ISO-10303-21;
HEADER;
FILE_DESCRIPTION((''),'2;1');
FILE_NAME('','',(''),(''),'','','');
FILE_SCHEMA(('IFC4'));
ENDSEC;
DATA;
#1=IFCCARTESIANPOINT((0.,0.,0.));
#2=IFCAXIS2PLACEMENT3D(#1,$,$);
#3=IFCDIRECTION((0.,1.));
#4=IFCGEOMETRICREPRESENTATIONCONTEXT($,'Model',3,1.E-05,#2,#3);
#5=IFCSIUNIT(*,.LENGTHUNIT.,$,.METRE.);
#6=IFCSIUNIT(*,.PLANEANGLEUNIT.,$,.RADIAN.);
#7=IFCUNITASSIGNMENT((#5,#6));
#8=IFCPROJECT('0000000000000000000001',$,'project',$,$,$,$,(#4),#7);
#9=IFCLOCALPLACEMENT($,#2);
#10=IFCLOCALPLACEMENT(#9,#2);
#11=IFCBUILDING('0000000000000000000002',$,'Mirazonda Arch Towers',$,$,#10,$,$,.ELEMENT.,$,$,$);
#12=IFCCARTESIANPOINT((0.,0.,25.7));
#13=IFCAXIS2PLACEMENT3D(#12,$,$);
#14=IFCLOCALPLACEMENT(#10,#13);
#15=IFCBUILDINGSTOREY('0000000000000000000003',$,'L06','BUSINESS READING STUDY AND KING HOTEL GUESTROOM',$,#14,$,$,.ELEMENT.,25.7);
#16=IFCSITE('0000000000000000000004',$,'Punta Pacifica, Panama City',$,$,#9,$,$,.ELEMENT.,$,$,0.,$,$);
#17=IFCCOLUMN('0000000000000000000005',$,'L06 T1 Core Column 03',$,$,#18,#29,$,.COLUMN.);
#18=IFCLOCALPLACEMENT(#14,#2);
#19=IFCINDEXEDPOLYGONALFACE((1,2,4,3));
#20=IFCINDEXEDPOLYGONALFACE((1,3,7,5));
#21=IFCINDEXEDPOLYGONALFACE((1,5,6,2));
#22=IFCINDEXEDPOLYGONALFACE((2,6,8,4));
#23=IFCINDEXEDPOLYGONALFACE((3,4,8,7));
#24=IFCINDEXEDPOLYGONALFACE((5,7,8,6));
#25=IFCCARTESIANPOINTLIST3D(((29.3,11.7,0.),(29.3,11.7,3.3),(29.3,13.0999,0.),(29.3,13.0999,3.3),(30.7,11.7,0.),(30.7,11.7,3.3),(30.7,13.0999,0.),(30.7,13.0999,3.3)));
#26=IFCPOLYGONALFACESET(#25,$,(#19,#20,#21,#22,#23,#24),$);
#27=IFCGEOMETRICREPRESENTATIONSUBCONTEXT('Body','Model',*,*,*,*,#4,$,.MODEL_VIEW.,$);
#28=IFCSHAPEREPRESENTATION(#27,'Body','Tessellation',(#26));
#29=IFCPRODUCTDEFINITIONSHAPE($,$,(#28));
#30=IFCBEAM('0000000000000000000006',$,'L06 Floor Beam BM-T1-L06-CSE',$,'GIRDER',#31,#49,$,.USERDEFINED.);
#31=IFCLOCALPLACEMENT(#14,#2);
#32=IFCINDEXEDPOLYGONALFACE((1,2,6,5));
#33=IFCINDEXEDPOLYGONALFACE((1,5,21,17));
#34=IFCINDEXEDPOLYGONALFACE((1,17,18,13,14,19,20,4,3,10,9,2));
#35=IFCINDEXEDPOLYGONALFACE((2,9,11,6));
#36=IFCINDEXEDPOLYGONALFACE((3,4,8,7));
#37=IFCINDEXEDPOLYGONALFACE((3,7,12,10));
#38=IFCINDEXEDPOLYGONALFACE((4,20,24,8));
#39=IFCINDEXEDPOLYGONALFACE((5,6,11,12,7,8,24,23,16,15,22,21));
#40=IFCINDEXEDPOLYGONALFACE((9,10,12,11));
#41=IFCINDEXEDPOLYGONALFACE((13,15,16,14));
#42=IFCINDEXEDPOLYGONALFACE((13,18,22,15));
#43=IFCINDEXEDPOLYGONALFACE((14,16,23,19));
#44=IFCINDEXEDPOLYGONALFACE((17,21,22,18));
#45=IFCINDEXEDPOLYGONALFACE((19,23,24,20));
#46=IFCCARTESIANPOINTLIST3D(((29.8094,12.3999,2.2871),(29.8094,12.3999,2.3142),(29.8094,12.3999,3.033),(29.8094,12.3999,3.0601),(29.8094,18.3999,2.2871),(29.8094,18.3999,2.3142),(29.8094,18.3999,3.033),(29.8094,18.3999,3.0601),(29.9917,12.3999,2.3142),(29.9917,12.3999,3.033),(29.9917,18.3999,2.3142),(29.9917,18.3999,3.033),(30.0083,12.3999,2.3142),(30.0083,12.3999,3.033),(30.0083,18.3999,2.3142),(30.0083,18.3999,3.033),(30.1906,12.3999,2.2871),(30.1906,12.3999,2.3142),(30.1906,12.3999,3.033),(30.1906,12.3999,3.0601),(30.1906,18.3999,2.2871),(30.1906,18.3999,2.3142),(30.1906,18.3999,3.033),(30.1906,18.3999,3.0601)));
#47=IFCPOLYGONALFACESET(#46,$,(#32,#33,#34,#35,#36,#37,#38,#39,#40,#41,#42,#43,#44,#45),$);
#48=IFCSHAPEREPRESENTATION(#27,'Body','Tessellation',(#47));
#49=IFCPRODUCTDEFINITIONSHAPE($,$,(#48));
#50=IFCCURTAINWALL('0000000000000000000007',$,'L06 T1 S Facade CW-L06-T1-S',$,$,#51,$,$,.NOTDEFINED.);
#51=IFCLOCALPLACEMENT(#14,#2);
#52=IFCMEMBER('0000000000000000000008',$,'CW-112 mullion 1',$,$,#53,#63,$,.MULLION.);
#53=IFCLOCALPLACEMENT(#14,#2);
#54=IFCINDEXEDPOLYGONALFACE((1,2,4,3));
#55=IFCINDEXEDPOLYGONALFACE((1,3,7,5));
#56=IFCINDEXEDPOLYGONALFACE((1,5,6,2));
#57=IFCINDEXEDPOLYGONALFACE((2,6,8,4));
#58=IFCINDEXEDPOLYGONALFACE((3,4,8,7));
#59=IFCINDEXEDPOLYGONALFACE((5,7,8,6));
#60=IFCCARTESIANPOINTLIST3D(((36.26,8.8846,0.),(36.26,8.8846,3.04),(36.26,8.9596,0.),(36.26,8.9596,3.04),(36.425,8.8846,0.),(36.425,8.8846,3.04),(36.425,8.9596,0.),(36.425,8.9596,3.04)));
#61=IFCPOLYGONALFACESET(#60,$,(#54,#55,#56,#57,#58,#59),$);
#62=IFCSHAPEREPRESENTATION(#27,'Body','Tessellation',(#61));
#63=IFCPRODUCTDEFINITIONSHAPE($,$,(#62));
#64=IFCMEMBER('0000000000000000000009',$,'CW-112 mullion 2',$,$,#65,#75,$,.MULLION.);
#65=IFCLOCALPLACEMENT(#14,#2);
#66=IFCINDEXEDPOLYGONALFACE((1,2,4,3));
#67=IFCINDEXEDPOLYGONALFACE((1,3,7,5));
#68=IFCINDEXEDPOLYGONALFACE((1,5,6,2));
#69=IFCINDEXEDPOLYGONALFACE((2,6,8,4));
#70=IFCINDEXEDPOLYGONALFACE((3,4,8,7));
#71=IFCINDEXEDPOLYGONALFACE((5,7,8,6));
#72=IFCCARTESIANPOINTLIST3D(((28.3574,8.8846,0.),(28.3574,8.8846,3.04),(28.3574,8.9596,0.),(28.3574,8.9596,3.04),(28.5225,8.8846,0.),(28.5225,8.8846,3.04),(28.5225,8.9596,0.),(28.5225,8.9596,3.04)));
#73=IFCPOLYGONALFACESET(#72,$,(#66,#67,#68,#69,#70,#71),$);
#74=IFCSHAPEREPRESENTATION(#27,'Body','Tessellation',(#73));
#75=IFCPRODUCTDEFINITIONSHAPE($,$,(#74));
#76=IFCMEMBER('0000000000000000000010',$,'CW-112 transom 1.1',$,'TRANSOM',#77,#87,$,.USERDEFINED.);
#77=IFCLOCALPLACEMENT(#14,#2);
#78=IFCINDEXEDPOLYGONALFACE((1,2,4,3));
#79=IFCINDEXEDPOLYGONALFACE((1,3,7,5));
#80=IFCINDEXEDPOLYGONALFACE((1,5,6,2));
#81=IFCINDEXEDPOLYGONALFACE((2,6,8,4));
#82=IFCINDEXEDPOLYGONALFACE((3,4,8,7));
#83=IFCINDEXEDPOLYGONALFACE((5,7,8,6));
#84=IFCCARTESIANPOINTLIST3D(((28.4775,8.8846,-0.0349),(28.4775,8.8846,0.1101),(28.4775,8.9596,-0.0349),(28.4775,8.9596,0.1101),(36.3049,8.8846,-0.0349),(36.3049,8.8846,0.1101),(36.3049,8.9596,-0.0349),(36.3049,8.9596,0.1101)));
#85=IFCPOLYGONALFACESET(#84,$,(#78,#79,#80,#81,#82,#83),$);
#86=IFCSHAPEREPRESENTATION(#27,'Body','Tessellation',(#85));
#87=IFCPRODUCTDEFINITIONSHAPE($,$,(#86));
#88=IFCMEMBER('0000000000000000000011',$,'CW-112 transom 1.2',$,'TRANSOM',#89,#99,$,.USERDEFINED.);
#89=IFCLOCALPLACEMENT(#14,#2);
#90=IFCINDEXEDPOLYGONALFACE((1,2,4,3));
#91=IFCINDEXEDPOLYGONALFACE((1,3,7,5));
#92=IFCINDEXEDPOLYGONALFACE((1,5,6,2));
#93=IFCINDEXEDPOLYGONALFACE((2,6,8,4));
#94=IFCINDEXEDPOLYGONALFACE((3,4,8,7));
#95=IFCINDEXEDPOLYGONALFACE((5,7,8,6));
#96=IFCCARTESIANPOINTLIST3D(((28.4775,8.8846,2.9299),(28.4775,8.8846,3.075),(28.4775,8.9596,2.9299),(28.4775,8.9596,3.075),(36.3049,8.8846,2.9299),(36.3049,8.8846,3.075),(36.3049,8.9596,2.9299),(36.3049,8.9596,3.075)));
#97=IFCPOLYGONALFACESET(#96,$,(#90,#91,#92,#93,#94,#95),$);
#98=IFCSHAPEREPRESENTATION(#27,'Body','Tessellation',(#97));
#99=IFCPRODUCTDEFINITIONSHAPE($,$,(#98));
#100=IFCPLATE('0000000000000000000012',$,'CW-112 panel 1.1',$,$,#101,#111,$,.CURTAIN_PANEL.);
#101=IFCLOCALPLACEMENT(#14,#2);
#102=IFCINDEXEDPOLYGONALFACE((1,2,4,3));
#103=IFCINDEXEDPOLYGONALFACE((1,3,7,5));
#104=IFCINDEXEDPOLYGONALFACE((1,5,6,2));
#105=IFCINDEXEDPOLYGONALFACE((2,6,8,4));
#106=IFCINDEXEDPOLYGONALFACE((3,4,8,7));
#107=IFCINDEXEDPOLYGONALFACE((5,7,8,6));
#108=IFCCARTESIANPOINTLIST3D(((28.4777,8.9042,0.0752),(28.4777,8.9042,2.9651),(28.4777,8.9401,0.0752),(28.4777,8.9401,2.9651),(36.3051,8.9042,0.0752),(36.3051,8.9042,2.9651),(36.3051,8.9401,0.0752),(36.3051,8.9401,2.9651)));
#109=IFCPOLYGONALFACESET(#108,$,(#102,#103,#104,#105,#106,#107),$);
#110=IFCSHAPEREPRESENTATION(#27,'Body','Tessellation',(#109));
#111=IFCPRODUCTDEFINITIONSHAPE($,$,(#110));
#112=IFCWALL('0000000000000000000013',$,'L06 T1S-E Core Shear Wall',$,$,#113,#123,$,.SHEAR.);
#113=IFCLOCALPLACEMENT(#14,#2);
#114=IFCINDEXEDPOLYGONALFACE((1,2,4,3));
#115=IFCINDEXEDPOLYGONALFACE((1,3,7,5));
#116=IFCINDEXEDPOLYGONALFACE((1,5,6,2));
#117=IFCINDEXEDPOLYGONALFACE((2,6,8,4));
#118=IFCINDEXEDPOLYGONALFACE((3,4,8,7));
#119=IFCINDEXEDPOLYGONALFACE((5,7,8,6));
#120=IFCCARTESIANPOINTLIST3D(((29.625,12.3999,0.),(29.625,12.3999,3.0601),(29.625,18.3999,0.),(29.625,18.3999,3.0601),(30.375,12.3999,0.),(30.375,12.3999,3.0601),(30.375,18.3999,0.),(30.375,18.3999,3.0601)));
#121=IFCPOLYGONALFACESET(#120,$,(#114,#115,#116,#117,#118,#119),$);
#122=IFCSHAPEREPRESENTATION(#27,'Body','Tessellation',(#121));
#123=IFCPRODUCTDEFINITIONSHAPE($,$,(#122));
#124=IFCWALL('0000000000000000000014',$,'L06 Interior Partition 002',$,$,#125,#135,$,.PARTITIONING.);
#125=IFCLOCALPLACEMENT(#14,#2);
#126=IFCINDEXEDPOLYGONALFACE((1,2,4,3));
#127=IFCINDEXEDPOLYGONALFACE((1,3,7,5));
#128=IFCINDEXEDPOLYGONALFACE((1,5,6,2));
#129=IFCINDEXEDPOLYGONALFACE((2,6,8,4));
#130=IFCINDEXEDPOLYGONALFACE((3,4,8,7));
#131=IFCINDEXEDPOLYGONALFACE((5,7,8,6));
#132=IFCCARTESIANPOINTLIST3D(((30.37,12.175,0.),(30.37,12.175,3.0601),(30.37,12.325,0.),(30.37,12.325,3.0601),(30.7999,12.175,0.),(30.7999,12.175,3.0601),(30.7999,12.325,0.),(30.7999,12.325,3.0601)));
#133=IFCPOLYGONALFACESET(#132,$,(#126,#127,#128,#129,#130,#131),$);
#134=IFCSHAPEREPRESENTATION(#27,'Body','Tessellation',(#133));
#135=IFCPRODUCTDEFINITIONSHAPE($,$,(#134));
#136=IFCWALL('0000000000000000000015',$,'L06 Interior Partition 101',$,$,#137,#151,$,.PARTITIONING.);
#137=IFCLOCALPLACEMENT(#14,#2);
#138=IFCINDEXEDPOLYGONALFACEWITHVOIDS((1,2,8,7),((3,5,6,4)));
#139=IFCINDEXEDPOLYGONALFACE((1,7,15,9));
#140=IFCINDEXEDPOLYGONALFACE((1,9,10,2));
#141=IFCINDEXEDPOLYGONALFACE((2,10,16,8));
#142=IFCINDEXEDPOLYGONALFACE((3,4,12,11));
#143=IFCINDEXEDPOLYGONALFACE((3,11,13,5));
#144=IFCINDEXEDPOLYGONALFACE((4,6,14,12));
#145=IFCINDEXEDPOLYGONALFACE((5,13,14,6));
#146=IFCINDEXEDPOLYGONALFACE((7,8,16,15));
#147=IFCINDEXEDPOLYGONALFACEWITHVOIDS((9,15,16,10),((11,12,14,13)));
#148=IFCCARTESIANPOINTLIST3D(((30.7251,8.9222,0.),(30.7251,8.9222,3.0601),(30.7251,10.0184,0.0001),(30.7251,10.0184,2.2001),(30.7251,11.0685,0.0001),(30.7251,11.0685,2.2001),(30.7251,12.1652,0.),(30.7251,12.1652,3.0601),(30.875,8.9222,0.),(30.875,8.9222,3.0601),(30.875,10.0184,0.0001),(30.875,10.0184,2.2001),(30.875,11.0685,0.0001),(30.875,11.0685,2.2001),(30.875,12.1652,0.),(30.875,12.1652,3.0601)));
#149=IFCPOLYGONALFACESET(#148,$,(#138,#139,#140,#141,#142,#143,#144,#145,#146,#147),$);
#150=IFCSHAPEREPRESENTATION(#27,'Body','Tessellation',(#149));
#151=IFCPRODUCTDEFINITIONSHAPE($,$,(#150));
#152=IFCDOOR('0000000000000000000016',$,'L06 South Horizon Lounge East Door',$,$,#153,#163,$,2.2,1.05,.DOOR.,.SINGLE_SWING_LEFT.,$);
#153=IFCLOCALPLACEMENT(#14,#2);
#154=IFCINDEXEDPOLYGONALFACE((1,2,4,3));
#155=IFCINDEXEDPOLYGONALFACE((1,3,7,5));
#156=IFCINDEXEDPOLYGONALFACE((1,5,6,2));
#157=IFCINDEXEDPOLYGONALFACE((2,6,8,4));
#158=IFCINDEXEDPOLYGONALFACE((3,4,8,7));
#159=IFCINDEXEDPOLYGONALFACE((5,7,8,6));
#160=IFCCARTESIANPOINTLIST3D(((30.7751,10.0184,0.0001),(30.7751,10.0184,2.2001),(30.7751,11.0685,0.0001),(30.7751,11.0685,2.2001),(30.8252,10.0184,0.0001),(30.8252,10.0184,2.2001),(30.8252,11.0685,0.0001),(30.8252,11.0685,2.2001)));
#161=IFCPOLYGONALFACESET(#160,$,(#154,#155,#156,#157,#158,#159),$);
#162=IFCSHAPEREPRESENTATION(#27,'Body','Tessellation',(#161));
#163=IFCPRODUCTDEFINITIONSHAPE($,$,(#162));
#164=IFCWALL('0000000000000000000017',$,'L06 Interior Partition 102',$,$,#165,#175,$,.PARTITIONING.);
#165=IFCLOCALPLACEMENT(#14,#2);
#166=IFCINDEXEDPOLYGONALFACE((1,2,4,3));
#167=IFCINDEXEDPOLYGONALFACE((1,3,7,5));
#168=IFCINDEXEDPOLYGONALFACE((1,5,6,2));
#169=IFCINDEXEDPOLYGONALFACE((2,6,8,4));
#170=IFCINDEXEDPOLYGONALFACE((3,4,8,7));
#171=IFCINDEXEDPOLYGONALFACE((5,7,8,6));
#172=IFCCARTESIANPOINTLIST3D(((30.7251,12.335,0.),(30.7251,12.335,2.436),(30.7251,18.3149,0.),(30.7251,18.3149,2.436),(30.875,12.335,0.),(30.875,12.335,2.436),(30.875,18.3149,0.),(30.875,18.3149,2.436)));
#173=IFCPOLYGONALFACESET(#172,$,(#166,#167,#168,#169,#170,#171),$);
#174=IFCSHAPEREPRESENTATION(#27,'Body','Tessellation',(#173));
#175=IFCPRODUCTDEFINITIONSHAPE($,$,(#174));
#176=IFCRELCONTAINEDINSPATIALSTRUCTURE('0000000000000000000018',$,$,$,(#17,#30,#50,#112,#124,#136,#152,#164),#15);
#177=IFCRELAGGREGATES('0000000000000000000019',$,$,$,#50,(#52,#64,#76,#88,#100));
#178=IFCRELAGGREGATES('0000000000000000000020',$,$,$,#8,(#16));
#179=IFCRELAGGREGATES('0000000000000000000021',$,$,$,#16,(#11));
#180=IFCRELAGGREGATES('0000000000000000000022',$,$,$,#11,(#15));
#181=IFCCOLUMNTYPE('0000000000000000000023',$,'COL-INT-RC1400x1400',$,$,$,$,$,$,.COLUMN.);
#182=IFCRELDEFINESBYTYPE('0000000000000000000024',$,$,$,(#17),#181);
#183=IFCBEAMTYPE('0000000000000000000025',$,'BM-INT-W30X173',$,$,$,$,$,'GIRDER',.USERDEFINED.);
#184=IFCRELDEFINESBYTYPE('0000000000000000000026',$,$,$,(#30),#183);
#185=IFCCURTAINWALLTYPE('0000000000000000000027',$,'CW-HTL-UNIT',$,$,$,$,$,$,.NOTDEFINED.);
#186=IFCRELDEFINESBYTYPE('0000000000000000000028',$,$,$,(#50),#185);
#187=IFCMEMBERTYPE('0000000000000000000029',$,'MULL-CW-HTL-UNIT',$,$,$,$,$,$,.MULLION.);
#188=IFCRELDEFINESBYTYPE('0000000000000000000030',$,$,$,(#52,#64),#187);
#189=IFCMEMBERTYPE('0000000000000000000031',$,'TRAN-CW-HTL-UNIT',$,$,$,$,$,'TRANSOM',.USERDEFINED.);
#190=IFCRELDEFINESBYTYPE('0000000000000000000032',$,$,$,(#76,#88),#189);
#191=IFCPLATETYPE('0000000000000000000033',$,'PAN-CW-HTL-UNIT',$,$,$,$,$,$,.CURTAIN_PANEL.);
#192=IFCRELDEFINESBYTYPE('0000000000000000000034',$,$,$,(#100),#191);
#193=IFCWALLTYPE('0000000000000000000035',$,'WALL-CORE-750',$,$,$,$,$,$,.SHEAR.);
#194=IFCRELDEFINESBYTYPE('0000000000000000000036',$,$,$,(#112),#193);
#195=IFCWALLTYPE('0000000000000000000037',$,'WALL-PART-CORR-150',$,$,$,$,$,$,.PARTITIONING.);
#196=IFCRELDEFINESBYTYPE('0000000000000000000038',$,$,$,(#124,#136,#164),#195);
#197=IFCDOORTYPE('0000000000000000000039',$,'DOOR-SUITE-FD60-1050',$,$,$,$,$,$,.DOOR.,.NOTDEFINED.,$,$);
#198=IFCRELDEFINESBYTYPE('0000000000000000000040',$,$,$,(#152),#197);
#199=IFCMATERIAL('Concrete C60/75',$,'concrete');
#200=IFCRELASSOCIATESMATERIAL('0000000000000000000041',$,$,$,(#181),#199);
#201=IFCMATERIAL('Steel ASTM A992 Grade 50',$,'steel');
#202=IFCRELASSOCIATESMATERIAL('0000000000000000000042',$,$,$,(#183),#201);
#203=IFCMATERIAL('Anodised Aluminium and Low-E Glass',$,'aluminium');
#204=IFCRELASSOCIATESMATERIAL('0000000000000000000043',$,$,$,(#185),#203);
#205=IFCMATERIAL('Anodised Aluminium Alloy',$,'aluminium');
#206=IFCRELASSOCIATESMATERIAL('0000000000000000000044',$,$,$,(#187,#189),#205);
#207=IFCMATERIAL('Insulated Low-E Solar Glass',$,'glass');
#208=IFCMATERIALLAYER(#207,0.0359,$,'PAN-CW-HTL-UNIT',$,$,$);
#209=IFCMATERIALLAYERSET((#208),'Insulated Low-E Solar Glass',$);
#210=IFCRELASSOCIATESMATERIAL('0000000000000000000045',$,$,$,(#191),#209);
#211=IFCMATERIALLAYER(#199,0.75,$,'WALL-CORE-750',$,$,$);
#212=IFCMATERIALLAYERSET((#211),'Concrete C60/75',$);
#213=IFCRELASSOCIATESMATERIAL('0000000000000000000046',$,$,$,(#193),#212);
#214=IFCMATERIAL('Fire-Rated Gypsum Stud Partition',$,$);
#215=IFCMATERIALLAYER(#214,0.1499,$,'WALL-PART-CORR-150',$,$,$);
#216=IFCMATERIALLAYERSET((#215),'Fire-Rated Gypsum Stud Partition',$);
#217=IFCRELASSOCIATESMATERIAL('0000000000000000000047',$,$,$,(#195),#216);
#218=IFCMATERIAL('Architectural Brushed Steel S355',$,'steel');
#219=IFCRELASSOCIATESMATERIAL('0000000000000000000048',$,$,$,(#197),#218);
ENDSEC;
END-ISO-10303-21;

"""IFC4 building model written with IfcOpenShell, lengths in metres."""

from ifc_helpers import new_model, si_unit, direction, frame, frame_2d, origin, origin_2d, place, context, subcontext, project, spatial, rectangle, i_section, extrude, material, layer, layer_set, material_profile, profile_set, type_object, element, fill, aggregate, save


model = new_model("IFC4")

# Units and contexts
model_context = context("Model", 3, precision=1e-05, world=origin(), true_north=direction((0.0, 1.0)))
body_context = subcontext(model_context, "Body", "Model", "MODEL_VIEW")
ifc_project = project(units=[si_unit("LENGTHUNIT", "METRE"), si_unit("PLANEANGLEUNIT", "RADIAN")], contexts=[model_context])

# Site, building, storey
site_placement = place(None, origin())
site = spatial("IfcSite", under=ifc_project, at=site_placement, Name="Punta Pacifica, Panama City", CompositionType="ELEMENT", RefElevation=0.0)
building_placement = place(site_placement, origin())
building = spatial("IfcBuilding", under=site, at=building_placement, Name="Mirazonda Arch Towers", CompositionType="ELEMENT")
storey_placement = place(building_placement, frame((0.0, 0.0, 25.7)))
storey = spatial("IfcBuildingStorey", under=building, at=storey_placement, Name="L06", Description="BUSINESS READING STUDY AND KING HOTEL GUESTROOM", CompositionType="ELEMENT", Elevation=25.7)

# Column
ifc_material_1 = material(Name="Concrete C60/75", Category="concrete")
ifc_material_profile_1 = material_profile(ifc_material_1, rectangle(XDim=1.3999, YDim=1.3999, at=origin_2d()), Name="RC1400x1400")
ifc_profile_set_1 = profile_set([ifc_material_profile_1], Name="Concrete C60/75")
column_type = type_object("IfcColumnType", Name="COL-INT-RC1400x1400", PredefinedType="COLUMN", material=ifc_profile_set_1)
column_placement = place(storey_placement, frame((30.0, 12.3999, 0.0), z_axis=(0.0, 0.0, 1.0), x_axis=(1.0, 0.0, 0.0)))
element("IfcColumn", 1, at=column_placement, inside=storey, type_object=column_type, Name="L06 T1 Core Column 03", PredefinedType="COLUMN", context=body_context, shape_type="SweptSolid", body=[
    extrude(rectangle(XDim=1.3999, YDim=1.3999, at=origin_2d()), origin(), (0.0, 0.0, 1.0), 3.3),
])

# Beam
ifc_material_2 = material(Name="Steel ASTM A992 Grade 50", Category="steel")
ifc_material_profile_2 = material_profile(ifc_material_2, i_section(OverallWidth=0.3811, OverallDepth=0.7729, WebThickness=0.0166, FlangeThickness=0.0271, at=origin_2d()), Name="W30X173")
ifc_profile_set_2 = profile_set([ifc_material_profile_2], Name="Steel ASTM A992 Grade 50")
beam_type = type_object("IfcBeamType", Name="BM-INT-W30X173", ElementType="GIRDER", PredefinedType="USERDEFINED", material=ifc_profile_set_2)
beam_placement = place(storey_placement, frame((30.0, 12.3999, 2.6736), z_axis=(0.0, 1.0, 0.0), x_axis=(-1.0, 0.0, 0.0)))
element("IfcBeam", 2, at=beam_placement, inside=storey, type_object=beam_type, Name="L06 Floor Beam BM-T1-L06-CSE", ObjectType="GIRDER", PredefinedType="USERDEFINED", context=body_context, shape_type="SweptSolid", body=[
    extrude(i_section(OverallWidth=0.3811, OverallDepth=0.7729, WebThickness=0.0166, FlangeThickness=0.0271, at=origin_2d()), origin(), (0.0, 0.0, 1.0), 6.0),
])

# Curtain wall, members, plate
ifc_material_3 = material(Name="Anodised Aluminium and Low-E Glass", Category="aluminium")
curtain_wall_type = type_object("IfcCurtainWallType", Name="CW-HTL-UNIT", PredefinedType="NOTDEFINED", material=ifc_material_3)
curtain_wall_placement = place(storey_placement, origin())
curtain_wall = element("IfcCurtainWall", 3, at=curtain_wall_placement, inside=storey, type_object=curtain_wall_type, Name="L06 T1 S Facade CW-L06-T1-S", PredefinedType="NOTDEFINED")
ifc_material_4 = material(Name="Anodised Aluminium Alloy", Category="aluminium")
ifc_material_profile_3 = material_profile(ifc_material_4, rectangle(XDim=0.075, YDim=0.165, at=origin_2d()), Name="ALU-MULL-75x165")
ifc_profile_set_3 = profile_set([ifc_material_profile_3], Name="Anodised Aluminium Alloy")
member_type_1 = type_object("IfcMemberType", Name="MULL-CW-HTL-UNIT", PredefinedType="MULLION", material=ifc_profile_set_3)
member_1_placement = place(storey_placement, frame((36.3425, 8.9221, 0.0), z_axis=(0.0, 0.0, 1.0), x_axis=(0.0, -1.0, 0.0)))
member_1 = element("IfcMember", 4, at=member_1_placement, type_object=member_type_1, Name="CW-112 mullion 1", PredefinedType="MULLION", context=body_context, shape_type="SweptSolid", body=[
    extrude(rectangle(XDim=0.075, YDim=0.165, at=origin_2d()), origin(), (0.0, 0.0, 1.0), 3.04),
])
member_2_placement = place(storey_placement, frame((28.4399, 8.9221, 0.0), z_axis=(0.0, 0.0, 1.0), x_axis=(0.0, -1.0, 0.0)))
member_2 = element("IfcMember", 5, at=member_2_placement, type_object=member_type_1, Name="CW-112 mullion 2", PredefinedType="MULLION", context=body_context, shape_type="SweptSolid", body=[
    extrude(rectangle(XDim=0.075, YDim=0.165, at=origin_2d()), origin(), (0.0, 0.0, 1.0), 3.04),
])
ifc_material_profile_4 = material_profile(ifc_material_4, rectangle(XDim=0.075, YDim=0.145, at=origin_2d()), Name="ALU-TRAN-75x145")
ifc_profile_set_4 = profile_set([ifc_material_profile_4], Name="Anodised Aluminium Alloy")
member_type_2 = type_object("IfcMemberType", Name="TRAN-CW-HTL-UNIT", ElementType="TRANSOM", PredefinedType="USERDEFINED", material=ifc_profile_set_4)
member_3_placement = place(storey_placement, frame((36.3049, 8.9221, 0.0376), z_axis=(-1.0, 0.0, 0.0), x_axis=(0.0, -1.0, 0.0)))
member_3 = element("IfcMember", 6, at=member_3_placement, type_object=member_type_2, Name="CW-112 transom 1.1", ObjectType="TRANSOM", PredefinedType="USERDEFINED", context=body_context, shape_type="SweptSolid", body=[
    extrude(rectangle(XDim=0.075, YDim=0.145, at=origin_2d()), origin(), (0.0, 0.0, 1.0), 7.8274),
])
member_4_placement = place(storey_placement, frame((36.3049, 8.9221, 3.0024), z_axis=(-1.0, 0.0, 0.0), x_axis=(0.0, -1.0, 0.0)))
member_4 = element("IfcMember", 7, at=member_4_placement, type_object=member_type_2, Name="CW-112 transom 1.2", ObjectType="TRANSOM", PredefinedType="USERDEFINED", context=body_context, shape_type="SweptSolid", body=[
    extrude(rectangle(XDim=0.075, YDim=0.145, at=origin_2d()), origin(), (0.0, 0.0, 1.0), 7.8274),
])
ifc_material_5 = material(Name="Insulated Low-E Solar Glass", Category="glass")
ifc_layer_1 = layer(ifc_material_5, 0.0359, Name="PAN-CW-HTL-UNIT")
ifc_layer_set_1 = layer_set([ifc_layer_1], Name="Insulated Low-E Solar Glass")
plate_type = type_object("IfcPlateType", Name="PAN-CW-HTL-UNIT", PredefinedType="CURTAIN_PANEL", material=ifc_layer_set_1)
plate_placement = place(storey_placement, frame((32.3914, 8.9221, 0.0752), z_axis=(0.0, 0.0, 1.0), x_axis=(-1.0, 0.0, 0.0)))
plate = element("IfcPlate", 8, at=plate_placement, type_object=plate_type, Name="CW-112 panel 1.1", PredefinedType="CURTAIN_PANEL", context=body_context, shape_type="SweptSolid", body=[
    extrude(rectangle(XDim=7.8274, YDim=0.0359, at=origin_2d()), origin(), (0.0, 0.0, 1.0), 2.8899),
])
aggregate(curtain_wall, [member_1, member_2, member_3, member_4, plate])

# Walls
ifc_layer_2 = layer(ifc_material_1, 0.75, Name="WALL-CORE-750")
ifc_layer_set_2 = layer_set([ifc_layer_2], Name="Concrete C60/75")
wall_type_1 = type_object("IfcWallType", Name="WALL-CORE-750", PredefinedType="SHEAR", material=ifc_layer_set_2)
wall_1_placement = place(storey_placement, frame((30.0, 12.3999, 0.0), z_axis=(0.0, 0.0, 1.0), x_axis=(0.0, 1.0, 0.0)))
element("IfcWall", 9, at=wall_1_placement, inside=storey, type_object=wall_type_1, Name="L06 T1S-E Core Shear Wall", PredefinedType="SHEAR", context=body_context, shape_type="SweptSolid", body=[
    extrude(rectangle(XDim=6.0, YDim=0.75, at=frame_2d((3.0, 0.0))), origin(), (0.0, 0.0, 1.0), 3.0601),
])
ifc_material_6 = material(Name="Fire-Rated Gypsum Stud Partition")
ifc_layer_3 = layer(ifc_material_6, 0.1499, Name="WALL-PART-CORR-150")
ifc_layer_set_3 = layer_set([ifc_layer_3], Name="Fire-Rated Gypsum Stud Partition")
wall_type_2 = type_object("IfcWallType", Name="WALL-PART-CORR-150", PredefinedType="PARTITIONING", material=ifc_layer_set_3)
wall_2_placement = place(storey_placement, frame((30.3701, 12.25, 0.0), z_axis=(0.0, 0.0, 1.0), x_axis=(1.0, 0.0, 0.0)))
element("IfcWall", 10, at=wall_2_placement, inside=storey, type_object=wall_type_2, Name="L06 Interior Partition 002", PredefinedType="PARTITIONING", context=body_context, shape_type="SweptSolid", body=[
    extrude(rectangle(XDim=0.4299, YDim=0.1499, at=frame_2d((0.2148, 0.0))), origin(), (0.0, 0.0, 1.0), 3.0601),
])

# Wall, opening, door
wall_3_placement = place(storey_placement, frame((30.8, 8.9221, 0.0), z_axis=(0.0, 0.0, 1.0), x_axis=(0.0, 1.0, 0.0)))
wall_3 = element("IfcWall", 11, at=wall_3_placement, inside=storey, type_object=wall_type_2, Name="L06 Interior Partition 101", PredefinedType="PARTITIONING", context=body_context, shape_type="SweptSolid", body=[
    extrude(rectangle(XDim=3.2429, YDim=0.1499, at=frame_2d((1.6216, 0.0))), origin(), (0.0, 0.0, 1.0), 3.0601),
])
opening_1_placement = place(wall_3_placement, frame((1.0964, 0.0, 0.0)))
opening_1 = element("IfcOpeningElement", 12, at=opening_1_placement, cuts=wall_3, PredefinedType="OPENING", context=body_context, shape_type="SweptSolid", body=[
    extrude(rectangle(XDim=1.05, YDim=2.2, at=frame_2d((0.5249, 1.1001))), frame((0.0, 0.085, 0.0), z_axis=(0.0, -1.0, 0.0), x_axis=(1.0, 0.0, 0.0)), (0.0, 0.0, 1.0), 0.1699),
])
ifc_material_7 = material(Name="Architectural Brushed Steel S355", Category="steel")
door_type_1 = type_object("IfcDoorType", Name="DOOR-SUITE-FD60-1050", OperationType="NOTDEFINED", PredefinedType="DOOR", material=ifc_material_7)
door_1_placement = place(opening_1_placement, origin())
door_1 = element("IfcDoor", 13, at=door_1_placement, inside=storey, type_object=door_type_1, Name="L06 South Horizon Lounge East Door", OperationType="SINGLE_SWING_LEFT", OverallHeight=2.2, OverallWidth=1.05, PredefinedType="DOOR", context=body_context, shape_type="SweptSolid", body=[
    extrude(rectangle(XDim=1.05, YDim=2.2, at=frame_2d((0.5249, 1.1001))), frame((0.0, 0.0249, 0.0), z_axis=(0.0, -1.0, 0.0), x_axis=(1.0, 0.0, 0.0)), (0.0, 0.0, 1.0), 0.05),
])
fill(opening_1, door_1)

# Wall
wall_4_placement = place(storey_placement, frame((30.8, 12.335, 0.0), z_axis=(0.0, 0.0, 1.0), x_axis=(0.0, 1.0, 0.0)))
element("IfcWall", 14, at=wall_4_placement, inside=storey, type_object=wall_type_2, Name="L06 Interior Partition 102", PredefinedType="PARTITIONING", context=body_context, shape_type="SweptSolid", body=[
    extrude(rectangle(XDim=5.98, YDim=0.1499, at=frame_2d((2.99, 0.0))), origin(), (0.0, 0.0, 1.0), 2.436),
])

save(model, "model.ifc")
